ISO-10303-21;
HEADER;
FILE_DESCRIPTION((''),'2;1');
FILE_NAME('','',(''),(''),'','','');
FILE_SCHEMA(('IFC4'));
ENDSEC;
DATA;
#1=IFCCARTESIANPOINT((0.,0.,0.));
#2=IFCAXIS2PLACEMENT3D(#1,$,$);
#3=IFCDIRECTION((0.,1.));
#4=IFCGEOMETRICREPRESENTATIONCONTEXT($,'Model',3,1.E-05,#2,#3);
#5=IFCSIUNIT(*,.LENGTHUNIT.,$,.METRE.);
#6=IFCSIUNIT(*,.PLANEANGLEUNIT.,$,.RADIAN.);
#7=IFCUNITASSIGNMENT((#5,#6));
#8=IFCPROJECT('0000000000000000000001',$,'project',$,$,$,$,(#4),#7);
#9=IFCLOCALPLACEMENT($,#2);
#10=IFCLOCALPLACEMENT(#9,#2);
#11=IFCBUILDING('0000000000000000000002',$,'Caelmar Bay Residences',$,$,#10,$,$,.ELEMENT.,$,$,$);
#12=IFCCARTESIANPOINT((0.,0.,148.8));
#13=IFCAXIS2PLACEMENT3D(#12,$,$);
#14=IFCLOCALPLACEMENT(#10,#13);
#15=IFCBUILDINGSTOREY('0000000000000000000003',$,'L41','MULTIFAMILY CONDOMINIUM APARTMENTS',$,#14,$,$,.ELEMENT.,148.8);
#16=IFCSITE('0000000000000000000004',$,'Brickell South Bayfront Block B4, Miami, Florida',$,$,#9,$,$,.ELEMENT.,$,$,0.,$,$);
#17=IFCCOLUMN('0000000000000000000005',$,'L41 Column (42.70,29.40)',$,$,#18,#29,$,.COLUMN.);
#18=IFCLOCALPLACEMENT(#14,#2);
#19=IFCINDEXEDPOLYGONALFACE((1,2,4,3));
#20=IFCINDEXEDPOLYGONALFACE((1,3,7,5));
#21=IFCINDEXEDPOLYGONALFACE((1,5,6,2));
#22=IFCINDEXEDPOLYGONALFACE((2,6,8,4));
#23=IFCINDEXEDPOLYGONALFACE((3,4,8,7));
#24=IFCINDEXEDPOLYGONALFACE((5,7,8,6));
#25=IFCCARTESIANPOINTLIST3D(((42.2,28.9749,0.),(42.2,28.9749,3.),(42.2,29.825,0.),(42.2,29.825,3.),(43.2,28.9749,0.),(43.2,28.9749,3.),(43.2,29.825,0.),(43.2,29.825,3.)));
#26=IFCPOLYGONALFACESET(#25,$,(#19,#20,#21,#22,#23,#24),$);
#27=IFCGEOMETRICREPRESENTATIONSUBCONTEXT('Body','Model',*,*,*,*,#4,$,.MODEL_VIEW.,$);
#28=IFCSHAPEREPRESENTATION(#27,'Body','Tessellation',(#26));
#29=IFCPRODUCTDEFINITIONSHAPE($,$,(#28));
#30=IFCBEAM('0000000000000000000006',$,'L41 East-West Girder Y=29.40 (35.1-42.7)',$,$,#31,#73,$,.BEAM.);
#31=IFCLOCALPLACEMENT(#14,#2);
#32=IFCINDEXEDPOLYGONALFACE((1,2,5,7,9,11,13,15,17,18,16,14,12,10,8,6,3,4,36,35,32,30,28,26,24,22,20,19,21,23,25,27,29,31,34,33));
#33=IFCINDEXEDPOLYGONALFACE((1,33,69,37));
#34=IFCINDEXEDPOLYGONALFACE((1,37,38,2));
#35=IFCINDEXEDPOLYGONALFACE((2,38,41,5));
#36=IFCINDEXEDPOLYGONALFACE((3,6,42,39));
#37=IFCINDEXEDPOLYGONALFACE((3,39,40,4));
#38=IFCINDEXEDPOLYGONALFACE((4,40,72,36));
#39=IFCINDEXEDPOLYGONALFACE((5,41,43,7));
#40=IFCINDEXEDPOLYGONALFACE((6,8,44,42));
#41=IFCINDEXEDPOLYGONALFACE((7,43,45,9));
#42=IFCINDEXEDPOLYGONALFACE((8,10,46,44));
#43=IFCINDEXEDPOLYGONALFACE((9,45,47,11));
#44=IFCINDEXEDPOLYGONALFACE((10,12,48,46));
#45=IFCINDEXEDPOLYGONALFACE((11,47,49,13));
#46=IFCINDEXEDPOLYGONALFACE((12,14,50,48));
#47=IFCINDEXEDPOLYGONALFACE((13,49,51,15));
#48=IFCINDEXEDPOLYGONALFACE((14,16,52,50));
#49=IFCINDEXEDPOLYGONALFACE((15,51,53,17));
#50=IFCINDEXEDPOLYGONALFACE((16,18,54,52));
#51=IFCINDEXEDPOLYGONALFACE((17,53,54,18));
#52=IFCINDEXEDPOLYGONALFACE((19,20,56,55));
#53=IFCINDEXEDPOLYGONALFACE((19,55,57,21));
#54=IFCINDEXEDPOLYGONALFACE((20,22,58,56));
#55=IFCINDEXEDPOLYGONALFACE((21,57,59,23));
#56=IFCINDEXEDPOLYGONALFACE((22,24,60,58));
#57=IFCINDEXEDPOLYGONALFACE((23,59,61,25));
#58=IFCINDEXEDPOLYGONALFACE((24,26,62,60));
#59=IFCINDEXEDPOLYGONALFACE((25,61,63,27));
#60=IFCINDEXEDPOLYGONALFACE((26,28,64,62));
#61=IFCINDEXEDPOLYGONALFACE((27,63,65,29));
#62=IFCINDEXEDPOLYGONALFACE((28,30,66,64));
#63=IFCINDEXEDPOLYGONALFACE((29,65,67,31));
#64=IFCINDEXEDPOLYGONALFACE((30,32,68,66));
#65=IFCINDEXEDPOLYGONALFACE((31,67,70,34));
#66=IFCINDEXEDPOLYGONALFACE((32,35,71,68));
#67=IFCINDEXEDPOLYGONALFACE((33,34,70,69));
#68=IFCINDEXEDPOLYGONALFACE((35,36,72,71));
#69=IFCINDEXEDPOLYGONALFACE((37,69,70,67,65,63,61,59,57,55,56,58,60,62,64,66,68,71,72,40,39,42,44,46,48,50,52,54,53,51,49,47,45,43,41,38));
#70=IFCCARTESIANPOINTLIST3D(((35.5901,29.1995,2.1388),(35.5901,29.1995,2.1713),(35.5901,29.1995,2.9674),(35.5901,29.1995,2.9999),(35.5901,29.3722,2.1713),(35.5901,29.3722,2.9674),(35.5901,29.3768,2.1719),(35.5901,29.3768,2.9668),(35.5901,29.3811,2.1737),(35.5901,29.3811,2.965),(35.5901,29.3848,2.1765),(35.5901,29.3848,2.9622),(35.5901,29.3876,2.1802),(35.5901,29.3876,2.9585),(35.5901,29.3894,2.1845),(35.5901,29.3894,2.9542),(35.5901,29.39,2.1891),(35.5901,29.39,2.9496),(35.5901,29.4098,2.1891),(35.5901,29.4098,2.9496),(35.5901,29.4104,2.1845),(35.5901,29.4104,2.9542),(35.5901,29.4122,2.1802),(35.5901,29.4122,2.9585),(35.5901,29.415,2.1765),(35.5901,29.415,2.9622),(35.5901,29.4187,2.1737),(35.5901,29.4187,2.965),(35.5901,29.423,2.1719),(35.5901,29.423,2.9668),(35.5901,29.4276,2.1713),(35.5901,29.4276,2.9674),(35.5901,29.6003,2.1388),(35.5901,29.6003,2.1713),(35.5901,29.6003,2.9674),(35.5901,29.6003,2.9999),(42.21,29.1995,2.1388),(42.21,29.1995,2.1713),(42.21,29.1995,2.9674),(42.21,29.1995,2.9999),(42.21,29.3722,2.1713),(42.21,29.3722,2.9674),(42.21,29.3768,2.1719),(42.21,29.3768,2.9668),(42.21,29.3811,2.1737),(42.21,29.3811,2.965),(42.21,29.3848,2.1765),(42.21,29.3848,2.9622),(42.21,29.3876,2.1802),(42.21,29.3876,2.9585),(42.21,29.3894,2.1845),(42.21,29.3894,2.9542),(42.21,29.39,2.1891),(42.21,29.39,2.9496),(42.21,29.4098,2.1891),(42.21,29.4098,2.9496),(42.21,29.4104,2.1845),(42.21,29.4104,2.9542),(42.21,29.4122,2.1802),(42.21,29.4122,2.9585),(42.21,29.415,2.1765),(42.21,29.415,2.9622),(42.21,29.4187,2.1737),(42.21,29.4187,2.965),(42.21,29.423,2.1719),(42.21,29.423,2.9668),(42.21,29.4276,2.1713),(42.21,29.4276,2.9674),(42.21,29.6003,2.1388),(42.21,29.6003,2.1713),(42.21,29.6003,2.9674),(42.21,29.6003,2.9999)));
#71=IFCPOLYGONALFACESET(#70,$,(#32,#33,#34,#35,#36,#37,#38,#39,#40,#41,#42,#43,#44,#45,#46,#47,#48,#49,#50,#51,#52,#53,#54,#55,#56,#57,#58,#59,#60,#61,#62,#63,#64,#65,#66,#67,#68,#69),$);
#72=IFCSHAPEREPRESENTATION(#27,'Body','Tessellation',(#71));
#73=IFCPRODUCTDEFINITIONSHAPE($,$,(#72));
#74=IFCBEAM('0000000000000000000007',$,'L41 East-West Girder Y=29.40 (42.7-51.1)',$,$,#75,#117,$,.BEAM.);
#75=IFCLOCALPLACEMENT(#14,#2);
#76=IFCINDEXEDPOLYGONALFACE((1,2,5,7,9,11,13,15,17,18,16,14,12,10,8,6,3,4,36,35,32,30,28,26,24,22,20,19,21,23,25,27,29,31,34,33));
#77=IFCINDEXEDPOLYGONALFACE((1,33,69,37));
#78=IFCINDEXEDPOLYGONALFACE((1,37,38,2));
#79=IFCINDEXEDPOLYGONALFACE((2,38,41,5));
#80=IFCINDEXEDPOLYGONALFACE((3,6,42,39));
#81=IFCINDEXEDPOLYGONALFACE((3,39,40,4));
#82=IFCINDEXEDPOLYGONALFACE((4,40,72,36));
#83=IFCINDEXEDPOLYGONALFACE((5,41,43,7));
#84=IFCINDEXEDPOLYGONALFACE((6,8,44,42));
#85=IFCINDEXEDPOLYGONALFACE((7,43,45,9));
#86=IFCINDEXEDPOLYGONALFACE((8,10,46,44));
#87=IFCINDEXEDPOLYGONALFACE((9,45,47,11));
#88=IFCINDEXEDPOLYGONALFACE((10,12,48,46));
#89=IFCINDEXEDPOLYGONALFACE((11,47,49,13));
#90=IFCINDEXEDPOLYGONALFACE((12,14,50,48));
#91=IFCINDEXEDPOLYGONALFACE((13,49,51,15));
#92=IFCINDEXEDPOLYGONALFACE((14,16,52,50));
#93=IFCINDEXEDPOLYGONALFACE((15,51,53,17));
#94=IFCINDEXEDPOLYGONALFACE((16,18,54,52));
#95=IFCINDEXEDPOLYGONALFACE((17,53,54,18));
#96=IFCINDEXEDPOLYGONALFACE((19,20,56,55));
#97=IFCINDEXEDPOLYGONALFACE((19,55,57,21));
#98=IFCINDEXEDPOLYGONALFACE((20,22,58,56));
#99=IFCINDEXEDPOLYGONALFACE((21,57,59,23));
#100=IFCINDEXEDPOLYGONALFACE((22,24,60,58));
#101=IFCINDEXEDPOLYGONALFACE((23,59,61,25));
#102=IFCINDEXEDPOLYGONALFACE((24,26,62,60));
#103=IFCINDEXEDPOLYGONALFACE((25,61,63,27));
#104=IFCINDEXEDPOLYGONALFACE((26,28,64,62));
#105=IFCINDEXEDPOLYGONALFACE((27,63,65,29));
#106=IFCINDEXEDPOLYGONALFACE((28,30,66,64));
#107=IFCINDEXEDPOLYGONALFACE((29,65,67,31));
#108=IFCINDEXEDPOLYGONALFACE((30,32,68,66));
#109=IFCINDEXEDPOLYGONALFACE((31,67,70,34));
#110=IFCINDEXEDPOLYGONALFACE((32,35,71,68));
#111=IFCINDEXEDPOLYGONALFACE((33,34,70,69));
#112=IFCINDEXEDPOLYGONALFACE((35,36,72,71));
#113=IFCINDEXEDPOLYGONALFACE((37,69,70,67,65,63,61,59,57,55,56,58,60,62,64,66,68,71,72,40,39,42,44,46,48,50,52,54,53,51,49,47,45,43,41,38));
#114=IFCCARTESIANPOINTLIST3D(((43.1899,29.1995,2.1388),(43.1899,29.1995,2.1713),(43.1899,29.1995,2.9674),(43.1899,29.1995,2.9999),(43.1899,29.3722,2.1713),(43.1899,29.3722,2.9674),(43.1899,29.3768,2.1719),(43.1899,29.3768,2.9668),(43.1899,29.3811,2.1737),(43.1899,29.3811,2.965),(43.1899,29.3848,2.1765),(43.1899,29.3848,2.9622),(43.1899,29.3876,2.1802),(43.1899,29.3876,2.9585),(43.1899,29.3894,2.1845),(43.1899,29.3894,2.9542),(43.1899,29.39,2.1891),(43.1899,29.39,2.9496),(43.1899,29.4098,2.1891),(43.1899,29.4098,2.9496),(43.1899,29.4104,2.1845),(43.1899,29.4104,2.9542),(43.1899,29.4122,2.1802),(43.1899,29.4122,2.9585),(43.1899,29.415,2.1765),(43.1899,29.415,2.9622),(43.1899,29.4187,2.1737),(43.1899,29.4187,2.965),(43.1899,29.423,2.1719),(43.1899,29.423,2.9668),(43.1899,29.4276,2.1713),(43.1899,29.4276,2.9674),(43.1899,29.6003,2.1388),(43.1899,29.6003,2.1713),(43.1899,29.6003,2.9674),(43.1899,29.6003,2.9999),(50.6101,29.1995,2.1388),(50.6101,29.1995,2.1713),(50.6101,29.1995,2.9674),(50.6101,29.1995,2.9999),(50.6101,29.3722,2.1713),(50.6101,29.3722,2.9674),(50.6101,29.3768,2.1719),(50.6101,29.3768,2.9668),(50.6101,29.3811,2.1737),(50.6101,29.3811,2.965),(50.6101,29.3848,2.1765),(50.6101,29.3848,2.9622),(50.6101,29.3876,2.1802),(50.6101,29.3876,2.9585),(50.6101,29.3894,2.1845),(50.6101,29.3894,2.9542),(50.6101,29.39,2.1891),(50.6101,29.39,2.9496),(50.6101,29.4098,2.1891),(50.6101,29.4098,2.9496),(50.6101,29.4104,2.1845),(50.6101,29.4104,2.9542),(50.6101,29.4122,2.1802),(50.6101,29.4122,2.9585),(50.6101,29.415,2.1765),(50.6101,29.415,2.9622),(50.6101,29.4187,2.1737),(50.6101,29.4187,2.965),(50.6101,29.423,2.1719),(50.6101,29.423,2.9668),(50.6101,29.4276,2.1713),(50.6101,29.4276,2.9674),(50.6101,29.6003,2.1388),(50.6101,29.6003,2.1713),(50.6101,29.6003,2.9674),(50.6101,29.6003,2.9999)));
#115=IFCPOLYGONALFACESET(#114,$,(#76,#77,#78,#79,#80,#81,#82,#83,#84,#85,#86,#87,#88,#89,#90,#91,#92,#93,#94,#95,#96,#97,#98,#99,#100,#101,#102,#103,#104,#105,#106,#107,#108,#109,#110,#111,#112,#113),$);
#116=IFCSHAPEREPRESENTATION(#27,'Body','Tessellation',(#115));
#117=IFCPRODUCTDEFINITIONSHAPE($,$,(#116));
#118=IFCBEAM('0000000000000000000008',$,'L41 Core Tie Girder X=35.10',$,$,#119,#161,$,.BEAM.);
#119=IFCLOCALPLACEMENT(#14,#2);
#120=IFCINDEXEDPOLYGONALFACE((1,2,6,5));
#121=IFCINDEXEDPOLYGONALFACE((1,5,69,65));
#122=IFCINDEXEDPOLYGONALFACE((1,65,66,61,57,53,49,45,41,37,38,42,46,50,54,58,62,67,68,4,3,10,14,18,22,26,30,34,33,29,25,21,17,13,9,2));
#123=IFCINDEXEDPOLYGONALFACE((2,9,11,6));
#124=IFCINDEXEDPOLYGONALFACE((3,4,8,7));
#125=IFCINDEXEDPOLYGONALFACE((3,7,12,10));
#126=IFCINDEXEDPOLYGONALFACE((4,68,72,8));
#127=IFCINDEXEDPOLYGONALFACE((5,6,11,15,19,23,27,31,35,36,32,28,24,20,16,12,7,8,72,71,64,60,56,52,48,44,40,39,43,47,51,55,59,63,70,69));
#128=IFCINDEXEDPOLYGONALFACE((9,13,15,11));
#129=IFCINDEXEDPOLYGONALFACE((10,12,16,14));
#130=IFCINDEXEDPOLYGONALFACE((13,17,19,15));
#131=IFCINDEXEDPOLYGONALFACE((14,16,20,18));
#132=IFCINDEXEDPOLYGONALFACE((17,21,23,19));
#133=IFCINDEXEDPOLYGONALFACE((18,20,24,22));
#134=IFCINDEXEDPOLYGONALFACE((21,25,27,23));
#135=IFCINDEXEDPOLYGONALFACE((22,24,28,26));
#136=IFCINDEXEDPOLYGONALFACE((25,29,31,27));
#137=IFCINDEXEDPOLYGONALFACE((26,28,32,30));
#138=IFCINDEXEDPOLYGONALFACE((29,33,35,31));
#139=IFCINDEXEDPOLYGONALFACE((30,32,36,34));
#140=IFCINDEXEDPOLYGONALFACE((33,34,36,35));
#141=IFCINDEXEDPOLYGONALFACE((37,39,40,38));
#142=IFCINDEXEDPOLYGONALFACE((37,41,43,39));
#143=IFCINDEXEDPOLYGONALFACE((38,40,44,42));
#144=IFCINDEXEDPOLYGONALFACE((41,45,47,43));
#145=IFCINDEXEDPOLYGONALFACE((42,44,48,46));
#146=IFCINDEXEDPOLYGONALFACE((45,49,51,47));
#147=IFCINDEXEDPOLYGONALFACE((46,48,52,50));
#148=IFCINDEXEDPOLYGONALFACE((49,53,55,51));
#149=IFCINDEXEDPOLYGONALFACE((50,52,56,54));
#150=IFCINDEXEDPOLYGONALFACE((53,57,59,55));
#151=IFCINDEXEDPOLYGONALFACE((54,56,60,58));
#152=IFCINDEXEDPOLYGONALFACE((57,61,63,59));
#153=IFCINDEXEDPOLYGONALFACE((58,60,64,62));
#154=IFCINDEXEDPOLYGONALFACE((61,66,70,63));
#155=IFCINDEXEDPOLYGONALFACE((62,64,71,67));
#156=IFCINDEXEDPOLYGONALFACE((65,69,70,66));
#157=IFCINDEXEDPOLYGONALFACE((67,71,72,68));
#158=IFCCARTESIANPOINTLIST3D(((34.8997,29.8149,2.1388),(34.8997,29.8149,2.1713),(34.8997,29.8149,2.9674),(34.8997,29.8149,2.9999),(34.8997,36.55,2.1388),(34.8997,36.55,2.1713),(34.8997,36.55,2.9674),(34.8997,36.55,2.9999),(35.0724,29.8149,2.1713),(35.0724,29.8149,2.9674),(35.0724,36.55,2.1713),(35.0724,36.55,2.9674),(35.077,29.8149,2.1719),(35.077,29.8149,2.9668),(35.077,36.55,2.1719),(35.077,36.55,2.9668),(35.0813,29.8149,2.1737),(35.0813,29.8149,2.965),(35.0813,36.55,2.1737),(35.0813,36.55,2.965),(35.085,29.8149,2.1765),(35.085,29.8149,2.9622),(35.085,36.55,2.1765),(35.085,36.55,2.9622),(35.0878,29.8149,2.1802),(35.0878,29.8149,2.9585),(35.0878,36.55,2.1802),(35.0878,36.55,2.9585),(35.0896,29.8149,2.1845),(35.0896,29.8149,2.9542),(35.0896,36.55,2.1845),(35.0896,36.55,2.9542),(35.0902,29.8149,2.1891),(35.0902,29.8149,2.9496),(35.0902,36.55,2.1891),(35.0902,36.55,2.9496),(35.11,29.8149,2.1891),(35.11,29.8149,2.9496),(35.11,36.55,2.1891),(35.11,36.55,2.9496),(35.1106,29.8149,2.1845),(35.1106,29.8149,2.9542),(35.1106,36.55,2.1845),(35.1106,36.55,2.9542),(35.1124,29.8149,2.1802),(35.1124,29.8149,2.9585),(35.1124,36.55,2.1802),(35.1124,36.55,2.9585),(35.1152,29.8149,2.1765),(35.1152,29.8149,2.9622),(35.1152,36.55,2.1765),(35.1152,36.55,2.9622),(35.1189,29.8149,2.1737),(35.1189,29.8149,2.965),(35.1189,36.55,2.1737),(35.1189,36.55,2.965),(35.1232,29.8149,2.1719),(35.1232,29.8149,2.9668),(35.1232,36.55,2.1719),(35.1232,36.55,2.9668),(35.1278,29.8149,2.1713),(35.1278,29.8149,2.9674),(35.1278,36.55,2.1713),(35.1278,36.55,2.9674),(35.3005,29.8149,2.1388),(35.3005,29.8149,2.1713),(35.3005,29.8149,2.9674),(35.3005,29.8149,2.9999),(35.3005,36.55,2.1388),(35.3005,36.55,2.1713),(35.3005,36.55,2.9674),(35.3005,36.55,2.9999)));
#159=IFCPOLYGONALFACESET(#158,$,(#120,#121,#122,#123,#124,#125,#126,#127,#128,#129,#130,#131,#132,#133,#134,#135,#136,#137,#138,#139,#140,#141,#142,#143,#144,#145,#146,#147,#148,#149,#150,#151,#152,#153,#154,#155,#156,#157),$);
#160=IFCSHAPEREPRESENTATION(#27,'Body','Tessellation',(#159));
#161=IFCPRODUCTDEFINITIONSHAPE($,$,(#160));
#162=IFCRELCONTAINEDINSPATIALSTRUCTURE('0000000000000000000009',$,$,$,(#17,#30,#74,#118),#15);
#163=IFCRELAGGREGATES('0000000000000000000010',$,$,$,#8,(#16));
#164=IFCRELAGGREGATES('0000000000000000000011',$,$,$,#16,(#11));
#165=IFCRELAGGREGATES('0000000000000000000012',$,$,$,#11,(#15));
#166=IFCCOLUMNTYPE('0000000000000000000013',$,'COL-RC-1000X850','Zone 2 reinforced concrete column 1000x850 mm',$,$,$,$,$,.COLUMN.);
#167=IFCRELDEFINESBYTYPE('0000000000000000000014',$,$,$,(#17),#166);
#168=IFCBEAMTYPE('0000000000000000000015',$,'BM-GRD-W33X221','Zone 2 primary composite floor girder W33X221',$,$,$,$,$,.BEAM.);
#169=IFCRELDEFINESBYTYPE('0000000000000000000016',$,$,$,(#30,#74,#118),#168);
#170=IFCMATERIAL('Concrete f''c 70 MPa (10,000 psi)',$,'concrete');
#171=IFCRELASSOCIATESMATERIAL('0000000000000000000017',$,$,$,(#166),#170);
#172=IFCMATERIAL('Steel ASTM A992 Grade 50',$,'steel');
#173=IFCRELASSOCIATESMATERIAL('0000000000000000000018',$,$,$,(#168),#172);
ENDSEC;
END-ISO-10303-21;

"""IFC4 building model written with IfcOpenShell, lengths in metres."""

from ifc_helpers import new_model, si_unit, direction, frame, origin, origin_2d, place, context, subcontext, project, spatial, rectangle, i_section, extrude, material, material_profile, profile_set, type_object, element, save


model = new_model("IFC4")

# Units and contexts
model_context = context("Model", 3, precision=1e-05, world=origin(), true_north=direction((0.0, 1.0)))
body_context = subcontext(model_context, "Body", "Model", "MODEL_VIEW")
ifc_project = project(units=[si_unit("LENGTHUNIT", "METRE"), si_unit("PLANEANGLEUNIT", "RADIAN")], contexts=[model_context])

# Site, building, storey
site_placement = place(None, origin())
site = spatial("IfcSite", under=ifc_project, at=site_placement, Name="Brickell South Bayfront Block B4, Miami, Florida", CompositionType="ELEMENT", RefElevation=0.0)
building_placement = place(site_placement, origin())
building = spatial("IfcBuilding", under=site, at=building_placement, Name="Caelmar Bay Residences", CompositionType="ELEMENT")
storey_placement = place(building_placement, frame((0.0, 0.0, 148.8)))
storey = spatial("IfcBuildingStorey", under=building, at=storey_placement, Name="L41", Description="MULTIFAMILY CONDOMINIUM APARTMENTS", CompositionType="ELEMENT", Elevation=148.8)

# Column
ifc_material_1 = material(Name="Concrete f'c 70 MPa (10,000 psi)", Category="concrete")
ifc_material_profile_1 = material_profile(ifc_material_1, rectangle(XDim=1.0, YDim=0.8501, at=origin_2d()), Name="RC-COL-1000X850")
ifc_profile_set_1 = profile_set([ifc_material_profile_1], Name="Concrete f'c 70 MPa (10,000 psi)")
column_type = type_object("IfcColumnType", Name="COL-RC-1000X850", Description="Zone 2 reinforced concrete column 1000x850 mm", PredefinedType="COLUMN", material=ifc_profile_set_1)
column_placement = place(storey_placement, frame((42.7, 29.3999, 0.0), z_axis=(0.0, 0.0, 1.0), x_axis=(1.0, 0.0, 0.0)))
element("IfcColumn", 1, at=column_placement, inside=storey, type_object=column_type, Name="L41 Column (42.70,29.40)", PredefinedType="COLUMN", context=body_context, shape_type="SweptSolid", body=[
    extrude(rectangle(XDim=1.0, YDim=0.8501, at=origin_2d()), origin(), (0.0, 0.0, 1.0), 3.0),
])

# Beams
ifc_material_2 = material(Name="Steel ASTM A992 Grade 50", Category="steel")
ifc_material_profile_2 = material_profile(ifc_material_2, i_section(OverallWidth=0.4009, OverallDepth=0.8611, WebThickness=0.0198, FlangeThickness=0.0325, FilletRadius=0.0178, at=origin_2d()), Name="W33X221")
ifc_profile_set_2 = profile_set([ifc_material_profile_2], Name="Steel ASTM A992 Grade 50")
beam_type_1 = type_object("IfcBeamType", Name="BM-GRD-W33X221", Description="Zone 2 primary composite floor girder W33X221", PredefinedType="BEAM", material=ifc_profile_set_2)
beam_1_placement = place(storey_placement, frame((35.5901, 29.3999, 2.5693), z_axis=(1.0, 0.0, 0.0), x_axis=(0.0, 1.0, 0.0)))
element("IfcBeam", 2, at=beam_1_placement, inside=storey, type_object=beam_type_1, Name="L41 East-West Girder Y=29.40 (35.1-42.7)", PredefinedType="BEAM", context=body_context, shape_type="SweptSolid", body=[
    extrude(i_section(OverallWidth=0.4009, OverallDepth=0.8611, WebThickness=0.0198, FlangeThickness=0.0325, FilletRadius=0.0178, at=origin_2d()), origin(), (0.0, 0.0, 1.0), 6.6199),
])
beam_2_placement = place(storey_placement, frame((43.1899, 29.3999, 2.5693), z_axis=(1.0, 0.0, 0.0), x_axis=(0.0, 1.0, 0.0)))
element("IfcBeam", 3, at=beam_2_placement, inside=storey, type_object=beam_type_1, Name="L41 East-West Girder Y=29.40 (42.7-51.1)", PredefinedType="BEAM", context=body_context, shape_type="SweptSolid", body=[
    extrude(i_section(OverallWidth=0.4009, OverallDepth=0.8611, WebThickness=0.0198, FlangeThickness=0.0325, FilletRadius=0.0178, at=origin_2d()), origin(), (0.0, 0.0, 1.0), 7.4202),
])
for number, where, z_axis, x_axis, name in (
    (4, (35.1001, 29.8149, 2.5693), (0.0, 1.0, 0.0), (-1.0, 0.0, 0.0), "L41 Core Tie Girder X=35.10"),
):
    element("IfcBeam", number, at=place(storey_placement, frame(where, z_axis=z_axis, x_axis=x_axis)), inside=storey, type_object=beam_type_1, Name=name, PredefinedType="BEAM", context=body_context, shape_type="SweptSolid", body=[
        extrude(i_section(OverallWidth=0.4009, OverallDepth=0.8611, WebThickness=0.0198, FlangeThickness=0.0325, FilletRadius=0.0178, at=origin_2d()), origin(), (0.0, 0.0, 1.0), 6.7351),
    ])

save(model, "model.ifc")
